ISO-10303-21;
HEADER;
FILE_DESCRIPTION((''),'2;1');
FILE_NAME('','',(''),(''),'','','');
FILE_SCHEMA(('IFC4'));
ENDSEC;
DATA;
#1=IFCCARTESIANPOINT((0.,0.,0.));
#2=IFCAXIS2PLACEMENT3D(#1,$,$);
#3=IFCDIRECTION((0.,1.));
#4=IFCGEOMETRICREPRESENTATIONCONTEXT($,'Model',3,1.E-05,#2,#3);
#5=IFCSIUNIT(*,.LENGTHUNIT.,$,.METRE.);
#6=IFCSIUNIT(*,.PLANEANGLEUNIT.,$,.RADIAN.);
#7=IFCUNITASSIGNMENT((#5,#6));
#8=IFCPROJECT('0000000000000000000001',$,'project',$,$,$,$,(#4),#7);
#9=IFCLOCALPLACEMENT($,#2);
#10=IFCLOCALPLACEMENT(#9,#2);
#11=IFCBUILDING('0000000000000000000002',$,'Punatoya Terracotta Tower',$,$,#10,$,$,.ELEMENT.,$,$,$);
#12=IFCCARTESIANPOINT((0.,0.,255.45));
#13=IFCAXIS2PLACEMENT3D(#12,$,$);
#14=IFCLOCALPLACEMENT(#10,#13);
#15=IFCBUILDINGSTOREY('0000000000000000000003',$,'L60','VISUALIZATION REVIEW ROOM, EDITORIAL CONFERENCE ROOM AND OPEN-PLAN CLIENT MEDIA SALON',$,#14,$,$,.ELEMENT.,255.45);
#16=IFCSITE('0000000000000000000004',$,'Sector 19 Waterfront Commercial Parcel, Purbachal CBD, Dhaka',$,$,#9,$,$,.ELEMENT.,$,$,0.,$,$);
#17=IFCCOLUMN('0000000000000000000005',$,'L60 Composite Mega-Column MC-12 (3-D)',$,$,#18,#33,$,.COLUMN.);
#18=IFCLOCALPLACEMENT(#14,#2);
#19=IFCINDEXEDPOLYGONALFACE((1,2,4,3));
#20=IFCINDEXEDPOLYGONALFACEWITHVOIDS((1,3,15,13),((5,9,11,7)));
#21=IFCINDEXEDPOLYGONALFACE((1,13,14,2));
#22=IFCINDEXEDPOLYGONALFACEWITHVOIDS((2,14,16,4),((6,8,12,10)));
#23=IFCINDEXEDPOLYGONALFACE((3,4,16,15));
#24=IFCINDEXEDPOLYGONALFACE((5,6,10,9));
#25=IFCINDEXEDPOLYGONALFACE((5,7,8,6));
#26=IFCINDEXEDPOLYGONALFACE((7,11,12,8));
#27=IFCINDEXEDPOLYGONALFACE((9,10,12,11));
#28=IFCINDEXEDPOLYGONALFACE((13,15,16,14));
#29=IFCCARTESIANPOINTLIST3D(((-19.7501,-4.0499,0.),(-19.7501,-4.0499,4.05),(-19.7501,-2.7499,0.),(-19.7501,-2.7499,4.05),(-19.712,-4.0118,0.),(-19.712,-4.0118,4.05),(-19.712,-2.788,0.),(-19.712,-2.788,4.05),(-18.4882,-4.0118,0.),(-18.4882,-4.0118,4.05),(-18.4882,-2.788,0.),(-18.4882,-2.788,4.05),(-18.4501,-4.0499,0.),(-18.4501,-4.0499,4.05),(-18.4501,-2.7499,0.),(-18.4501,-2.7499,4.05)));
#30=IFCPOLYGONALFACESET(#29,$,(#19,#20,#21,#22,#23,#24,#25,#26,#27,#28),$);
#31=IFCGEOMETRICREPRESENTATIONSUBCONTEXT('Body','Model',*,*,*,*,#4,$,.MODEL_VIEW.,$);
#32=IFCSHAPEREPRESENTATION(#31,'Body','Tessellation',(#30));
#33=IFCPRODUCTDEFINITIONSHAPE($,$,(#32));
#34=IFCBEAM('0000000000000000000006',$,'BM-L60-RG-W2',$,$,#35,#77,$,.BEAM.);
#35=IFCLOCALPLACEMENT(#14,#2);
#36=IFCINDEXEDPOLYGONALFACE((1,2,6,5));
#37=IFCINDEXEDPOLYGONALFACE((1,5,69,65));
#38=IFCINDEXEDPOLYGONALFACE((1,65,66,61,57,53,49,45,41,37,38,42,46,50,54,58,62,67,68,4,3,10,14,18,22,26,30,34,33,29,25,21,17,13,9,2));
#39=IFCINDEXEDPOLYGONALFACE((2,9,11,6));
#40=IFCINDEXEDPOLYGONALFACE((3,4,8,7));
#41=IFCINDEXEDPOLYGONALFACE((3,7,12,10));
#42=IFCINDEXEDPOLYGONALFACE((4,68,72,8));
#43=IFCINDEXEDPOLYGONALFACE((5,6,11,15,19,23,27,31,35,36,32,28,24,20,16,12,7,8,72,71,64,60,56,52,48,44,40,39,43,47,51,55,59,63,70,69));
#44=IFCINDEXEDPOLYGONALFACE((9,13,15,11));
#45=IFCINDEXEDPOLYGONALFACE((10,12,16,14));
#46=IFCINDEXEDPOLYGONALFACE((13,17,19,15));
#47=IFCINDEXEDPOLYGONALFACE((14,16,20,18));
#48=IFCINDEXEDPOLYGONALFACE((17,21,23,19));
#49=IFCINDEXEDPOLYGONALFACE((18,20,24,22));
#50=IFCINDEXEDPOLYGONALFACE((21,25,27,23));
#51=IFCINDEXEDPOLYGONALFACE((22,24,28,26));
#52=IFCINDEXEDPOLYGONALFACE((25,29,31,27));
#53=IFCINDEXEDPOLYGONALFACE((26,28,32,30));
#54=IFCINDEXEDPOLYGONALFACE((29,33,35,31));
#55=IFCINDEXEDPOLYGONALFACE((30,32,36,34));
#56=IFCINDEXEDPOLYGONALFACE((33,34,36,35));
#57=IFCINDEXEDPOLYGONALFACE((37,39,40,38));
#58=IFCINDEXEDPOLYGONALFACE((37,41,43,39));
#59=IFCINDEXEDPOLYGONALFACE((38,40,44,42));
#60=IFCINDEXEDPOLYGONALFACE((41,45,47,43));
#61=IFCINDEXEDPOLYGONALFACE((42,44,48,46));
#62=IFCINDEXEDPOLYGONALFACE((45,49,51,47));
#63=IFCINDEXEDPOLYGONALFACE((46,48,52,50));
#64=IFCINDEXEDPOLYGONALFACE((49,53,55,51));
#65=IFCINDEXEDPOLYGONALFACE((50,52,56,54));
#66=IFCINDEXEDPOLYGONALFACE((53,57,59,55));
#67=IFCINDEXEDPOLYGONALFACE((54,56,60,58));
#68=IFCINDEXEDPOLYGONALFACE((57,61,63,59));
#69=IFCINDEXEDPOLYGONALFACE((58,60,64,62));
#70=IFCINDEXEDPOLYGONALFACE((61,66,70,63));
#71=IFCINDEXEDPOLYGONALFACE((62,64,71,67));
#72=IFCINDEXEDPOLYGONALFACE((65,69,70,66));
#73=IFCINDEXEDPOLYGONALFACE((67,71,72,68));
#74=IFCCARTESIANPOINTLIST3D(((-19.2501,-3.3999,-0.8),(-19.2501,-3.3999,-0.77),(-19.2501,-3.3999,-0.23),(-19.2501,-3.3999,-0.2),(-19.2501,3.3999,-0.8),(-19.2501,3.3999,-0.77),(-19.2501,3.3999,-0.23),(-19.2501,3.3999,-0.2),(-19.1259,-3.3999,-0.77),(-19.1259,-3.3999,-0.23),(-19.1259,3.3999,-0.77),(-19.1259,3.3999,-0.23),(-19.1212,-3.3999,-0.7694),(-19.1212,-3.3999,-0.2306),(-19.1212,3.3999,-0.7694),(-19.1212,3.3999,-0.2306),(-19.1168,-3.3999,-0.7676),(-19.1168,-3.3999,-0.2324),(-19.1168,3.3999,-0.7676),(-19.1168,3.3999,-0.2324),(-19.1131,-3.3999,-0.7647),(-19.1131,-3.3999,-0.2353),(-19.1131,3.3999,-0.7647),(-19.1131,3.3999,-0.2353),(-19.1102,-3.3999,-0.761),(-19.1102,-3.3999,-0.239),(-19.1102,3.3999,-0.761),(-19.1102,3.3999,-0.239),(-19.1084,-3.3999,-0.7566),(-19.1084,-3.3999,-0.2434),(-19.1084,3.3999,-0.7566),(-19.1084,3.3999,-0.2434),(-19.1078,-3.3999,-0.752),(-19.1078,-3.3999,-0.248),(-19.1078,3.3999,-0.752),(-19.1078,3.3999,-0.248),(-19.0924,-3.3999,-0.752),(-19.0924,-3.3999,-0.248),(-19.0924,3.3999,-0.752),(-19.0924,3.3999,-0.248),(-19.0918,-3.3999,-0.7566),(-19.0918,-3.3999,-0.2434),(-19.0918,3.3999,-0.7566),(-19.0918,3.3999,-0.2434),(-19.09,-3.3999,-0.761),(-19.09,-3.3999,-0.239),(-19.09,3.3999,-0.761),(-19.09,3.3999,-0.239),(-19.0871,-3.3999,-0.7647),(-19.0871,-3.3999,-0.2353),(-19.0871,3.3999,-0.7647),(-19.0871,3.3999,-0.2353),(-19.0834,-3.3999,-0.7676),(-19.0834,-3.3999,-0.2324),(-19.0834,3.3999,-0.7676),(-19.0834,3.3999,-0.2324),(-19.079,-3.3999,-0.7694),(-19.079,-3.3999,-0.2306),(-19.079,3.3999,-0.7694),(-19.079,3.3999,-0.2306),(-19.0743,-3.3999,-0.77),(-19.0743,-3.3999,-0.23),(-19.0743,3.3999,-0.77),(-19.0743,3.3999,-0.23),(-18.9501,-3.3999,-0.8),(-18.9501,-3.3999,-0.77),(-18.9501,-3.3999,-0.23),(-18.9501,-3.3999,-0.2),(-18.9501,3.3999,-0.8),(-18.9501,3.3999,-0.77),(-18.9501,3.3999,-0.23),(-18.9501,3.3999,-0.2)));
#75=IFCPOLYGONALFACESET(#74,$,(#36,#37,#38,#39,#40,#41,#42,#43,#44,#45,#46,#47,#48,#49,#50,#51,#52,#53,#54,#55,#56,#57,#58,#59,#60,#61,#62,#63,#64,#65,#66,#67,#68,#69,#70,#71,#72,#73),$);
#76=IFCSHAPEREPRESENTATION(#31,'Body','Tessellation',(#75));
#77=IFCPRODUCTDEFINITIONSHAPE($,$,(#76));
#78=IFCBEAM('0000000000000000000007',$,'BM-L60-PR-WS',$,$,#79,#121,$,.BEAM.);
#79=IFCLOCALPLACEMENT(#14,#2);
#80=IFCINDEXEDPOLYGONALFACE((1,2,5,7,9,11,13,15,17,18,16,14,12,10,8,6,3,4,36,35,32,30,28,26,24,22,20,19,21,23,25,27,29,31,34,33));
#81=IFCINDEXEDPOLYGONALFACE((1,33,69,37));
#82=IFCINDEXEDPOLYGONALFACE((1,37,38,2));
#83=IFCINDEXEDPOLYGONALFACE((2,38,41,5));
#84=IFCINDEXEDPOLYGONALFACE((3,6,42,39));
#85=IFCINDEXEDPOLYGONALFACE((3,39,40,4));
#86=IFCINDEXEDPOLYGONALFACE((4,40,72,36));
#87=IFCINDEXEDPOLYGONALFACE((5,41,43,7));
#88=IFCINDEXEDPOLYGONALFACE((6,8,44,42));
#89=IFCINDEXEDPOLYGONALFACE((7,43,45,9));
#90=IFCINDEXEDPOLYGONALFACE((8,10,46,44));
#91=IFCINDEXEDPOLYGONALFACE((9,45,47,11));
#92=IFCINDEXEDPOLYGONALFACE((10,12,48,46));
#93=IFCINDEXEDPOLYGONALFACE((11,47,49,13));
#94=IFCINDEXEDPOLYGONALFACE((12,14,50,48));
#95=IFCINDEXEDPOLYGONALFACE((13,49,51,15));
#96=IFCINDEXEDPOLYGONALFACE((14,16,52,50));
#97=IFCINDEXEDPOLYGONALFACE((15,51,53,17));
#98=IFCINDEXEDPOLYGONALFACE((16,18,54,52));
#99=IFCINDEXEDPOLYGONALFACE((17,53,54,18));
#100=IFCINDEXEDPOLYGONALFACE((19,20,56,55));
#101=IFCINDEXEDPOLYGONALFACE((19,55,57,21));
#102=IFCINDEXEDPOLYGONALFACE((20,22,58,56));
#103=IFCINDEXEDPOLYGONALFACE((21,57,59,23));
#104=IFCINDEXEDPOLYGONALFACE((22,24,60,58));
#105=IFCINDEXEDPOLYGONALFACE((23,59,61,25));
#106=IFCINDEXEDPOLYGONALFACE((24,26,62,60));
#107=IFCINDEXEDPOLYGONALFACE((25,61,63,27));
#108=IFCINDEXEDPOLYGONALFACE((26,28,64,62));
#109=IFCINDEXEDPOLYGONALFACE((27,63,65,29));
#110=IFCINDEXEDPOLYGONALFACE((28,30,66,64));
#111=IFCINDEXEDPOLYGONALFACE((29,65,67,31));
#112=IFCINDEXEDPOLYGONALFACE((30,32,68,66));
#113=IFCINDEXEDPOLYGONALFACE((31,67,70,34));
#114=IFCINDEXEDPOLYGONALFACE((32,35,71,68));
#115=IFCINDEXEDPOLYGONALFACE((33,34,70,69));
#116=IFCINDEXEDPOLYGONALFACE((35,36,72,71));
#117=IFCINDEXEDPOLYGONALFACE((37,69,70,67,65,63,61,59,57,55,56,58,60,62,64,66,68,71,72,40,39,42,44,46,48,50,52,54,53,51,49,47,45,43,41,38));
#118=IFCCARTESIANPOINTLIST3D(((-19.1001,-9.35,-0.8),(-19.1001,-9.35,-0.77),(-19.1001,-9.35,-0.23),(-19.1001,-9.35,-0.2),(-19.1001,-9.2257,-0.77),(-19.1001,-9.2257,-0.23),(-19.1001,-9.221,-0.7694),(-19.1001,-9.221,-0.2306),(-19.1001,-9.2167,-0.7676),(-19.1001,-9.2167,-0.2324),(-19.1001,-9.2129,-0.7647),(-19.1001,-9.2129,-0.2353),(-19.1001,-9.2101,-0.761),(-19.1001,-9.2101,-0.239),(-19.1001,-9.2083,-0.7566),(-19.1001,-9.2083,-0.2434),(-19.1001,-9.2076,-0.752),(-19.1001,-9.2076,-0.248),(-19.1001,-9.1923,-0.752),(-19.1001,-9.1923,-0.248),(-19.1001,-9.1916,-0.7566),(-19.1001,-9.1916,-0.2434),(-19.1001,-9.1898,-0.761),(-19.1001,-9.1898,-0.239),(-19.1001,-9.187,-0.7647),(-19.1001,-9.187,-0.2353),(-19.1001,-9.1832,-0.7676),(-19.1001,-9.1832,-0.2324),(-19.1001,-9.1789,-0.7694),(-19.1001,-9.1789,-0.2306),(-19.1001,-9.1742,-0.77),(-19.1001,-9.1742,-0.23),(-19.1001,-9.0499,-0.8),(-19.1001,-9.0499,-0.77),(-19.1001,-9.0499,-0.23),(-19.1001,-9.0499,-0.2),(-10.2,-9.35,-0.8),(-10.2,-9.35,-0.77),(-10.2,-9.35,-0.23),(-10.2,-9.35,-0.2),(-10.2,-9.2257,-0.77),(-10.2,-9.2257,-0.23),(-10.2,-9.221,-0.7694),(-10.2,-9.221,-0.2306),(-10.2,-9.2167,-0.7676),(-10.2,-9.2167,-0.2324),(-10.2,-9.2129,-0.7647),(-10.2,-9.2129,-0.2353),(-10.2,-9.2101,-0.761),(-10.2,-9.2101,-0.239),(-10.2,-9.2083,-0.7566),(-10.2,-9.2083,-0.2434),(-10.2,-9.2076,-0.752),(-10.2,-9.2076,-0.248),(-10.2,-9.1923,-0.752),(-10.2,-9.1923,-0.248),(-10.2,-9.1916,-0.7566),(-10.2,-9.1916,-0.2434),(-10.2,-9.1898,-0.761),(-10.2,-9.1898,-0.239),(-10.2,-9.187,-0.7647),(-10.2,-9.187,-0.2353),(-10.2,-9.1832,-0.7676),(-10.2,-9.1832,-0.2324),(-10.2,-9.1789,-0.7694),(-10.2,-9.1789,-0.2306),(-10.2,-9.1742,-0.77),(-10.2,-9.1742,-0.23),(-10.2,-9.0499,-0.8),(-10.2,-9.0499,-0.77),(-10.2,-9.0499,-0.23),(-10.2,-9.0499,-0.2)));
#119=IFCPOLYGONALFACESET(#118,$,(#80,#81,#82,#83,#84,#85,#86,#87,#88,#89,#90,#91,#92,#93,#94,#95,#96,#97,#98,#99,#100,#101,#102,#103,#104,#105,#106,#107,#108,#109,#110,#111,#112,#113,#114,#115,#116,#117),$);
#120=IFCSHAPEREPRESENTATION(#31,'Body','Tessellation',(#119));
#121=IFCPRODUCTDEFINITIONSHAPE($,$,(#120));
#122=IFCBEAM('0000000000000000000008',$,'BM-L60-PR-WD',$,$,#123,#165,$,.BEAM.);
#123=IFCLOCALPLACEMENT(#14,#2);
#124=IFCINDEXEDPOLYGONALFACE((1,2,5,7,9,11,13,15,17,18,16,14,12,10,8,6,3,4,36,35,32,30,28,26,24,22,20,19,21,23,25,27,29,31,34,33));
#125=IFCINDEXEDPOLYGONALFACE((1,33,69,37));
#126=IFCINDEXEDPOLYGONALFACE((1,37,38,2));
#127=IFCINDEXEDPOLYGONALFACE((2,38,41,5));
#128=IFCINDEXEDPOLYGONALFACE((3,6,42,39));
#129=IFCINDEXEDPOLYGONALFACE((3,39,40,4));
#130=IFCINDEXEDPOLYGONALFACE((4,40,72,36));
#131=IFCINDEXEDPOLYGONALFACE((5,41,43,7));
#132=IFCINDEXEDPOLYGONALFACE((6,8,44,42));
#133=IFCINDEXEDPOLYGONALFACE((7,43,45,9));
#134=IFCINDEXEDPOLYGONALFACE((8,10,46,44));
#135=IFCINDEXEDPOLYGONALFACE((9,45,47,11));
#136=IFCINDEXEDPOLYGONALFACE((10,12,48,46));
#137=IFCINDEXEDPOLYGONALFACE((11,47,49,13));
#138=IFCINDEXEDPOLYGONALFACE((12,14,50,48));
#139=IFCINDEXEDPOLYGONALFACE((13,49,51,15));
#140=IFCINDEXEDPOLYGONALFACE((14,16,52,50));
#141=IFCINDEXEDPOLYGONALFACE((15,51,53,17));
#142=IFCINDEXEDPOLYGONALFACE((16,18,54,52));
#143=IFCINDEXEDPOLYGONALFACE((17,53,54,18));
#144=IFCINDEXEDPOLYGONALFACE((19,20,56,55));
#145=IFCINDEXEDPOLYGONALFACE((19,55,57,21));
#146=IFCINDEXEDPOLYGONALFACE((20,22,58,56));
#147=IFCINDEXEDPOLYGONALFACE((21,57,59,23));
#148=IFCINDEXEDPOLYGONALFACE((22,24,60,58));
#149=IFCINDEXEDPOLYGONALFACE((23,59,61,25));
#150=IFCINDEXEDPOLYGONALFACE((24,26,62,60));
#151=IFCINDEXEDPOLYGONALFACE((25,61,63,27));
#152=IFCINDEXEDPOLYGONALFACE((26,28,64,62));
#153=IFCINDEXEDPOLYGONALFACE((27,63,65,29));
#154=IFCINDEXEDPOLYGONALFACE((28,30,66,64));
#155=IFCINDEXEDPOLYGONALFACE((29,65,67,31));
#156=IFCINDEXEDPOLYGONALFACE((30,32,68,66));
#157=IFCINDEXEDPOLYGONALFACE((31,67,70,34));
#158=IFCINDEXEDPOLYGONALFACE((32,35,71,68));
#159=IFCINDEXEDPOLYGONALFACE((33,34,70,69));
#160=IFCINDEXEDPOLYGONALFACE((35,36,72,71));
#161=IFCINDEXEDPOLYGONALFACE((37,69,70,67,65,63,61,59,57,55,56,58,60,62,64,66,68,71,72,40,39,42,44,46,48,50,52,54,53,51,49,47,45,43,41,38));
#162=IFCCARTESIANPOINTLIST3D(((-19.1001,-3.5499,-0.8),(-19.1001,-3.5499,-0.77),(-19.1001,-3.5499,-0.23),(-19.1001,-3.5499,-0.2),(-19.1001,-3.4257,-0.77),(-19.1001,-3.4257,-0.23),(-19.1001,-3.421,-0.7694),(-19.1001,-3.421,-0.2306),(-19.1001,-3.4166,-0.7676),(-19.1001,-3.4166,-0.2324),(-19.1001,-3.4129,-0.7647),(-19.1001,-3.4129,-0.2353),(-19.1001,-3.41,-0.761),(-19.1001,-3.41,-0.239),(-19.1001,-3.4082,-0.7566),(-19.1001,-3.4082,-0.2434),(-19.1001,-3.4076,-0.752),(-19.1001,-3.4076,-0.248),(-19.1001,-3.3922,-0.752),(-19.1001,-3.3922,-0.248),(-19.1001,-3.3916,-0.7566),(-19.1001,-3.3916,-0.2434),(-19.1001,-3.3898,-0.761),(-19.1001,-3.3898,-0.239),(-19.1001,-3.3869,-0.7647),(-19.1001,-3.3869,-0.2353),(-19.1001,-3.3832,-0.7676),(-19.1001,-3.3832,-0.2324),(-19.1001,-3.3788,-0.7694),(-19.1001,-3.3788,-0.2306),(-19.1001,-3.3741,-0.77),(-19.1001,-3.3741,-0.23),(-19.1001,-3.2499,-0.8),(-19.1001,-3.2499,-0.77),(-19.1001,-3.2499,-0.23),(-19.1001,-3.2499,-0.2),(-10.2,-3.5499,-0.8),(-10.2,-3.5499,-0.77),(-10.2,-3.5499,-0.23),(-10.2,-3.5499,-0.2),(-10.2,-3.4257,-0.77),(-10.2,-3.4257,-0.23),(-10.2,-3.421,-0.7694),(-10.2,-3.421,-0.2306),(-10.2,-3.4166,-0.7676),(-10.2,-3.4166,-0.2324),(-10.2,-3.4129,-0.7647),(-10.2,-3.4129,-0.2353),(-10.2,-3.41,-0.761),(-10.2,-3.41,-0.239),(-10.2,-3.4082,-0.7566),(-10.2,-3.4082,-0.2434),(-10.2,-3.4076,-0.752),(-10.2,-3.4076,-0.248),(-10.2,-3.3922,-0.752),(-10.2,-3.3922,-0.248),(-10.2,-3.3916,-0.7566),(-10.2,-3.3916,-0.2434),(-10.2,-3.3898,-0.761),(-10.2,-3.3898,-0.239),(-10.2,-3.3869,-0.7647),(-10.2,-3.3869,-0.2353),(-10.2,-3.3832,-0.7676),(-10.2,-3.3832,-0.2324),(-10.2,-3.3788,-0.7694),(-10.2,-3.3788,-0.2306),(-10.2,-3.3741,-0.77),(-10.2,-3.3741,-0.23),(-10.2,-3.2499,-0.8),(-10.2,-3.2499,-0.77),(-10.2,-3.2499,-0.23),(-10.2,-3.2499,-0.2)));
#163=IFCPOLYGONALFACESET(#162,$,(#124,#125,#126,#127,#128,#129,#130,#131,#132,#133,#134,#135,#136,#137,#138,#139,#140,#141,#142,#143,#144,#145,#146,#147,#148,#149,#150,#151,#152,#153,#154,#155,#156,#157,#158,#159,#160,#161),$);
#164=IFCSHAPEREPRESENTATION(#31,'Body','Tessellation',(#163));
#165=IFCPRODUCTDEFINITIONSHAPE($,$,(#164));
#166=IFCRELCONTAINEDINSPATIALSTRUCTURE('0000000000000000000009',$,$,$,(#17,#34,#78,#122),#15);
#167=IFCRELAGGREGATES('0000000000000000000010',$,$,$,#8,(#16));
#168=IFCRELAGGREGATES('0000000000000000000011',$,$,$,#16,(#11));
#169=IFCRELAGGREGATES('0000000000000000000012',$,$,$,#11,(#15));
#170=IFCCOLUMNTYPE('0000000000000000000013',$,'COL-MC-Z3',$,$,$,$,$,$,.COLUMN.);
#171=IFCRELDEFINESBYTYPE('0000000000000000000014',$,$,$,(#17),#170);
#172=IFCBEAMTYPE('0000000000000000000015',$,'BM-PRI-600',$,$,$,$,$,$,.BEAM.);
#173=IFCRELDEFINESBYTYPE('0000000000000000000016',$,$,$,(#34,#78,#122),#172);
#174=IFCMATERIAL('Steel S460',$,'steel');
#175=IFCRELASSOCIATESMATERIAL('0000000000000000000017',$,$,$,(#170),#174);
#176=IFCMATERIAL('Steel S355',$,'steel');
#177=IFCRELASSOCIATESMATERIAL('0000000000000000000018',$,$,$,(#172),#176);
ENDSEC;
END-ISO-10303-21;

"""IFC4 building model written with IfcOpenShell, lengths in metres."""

from ifc_helpers import new_model, si_unit, direction, frame, origin, origin_2d, place, context, subcontext, project, spatial, hollow_rectangle, i_section, extrude, material, material_profile, profile_set, type_object, element, save


model = new_model("IFC4")

# Units and contexts
model_context = context("Model", 3, precision=1e-05, world=origin(), true_north=direction((0.0, 1.0)))
body_context = subcontext(model_context, "Body", "Model", "MODEL_VIEW")
ifc_project = project(units=[si_unit("LENGTHUNIT", "METRE"), si_unit("PLANEANGLEUNIT", "RADIAN")], contexts=[model_context])

# Site, building, storey
site_placement = place(None, origin())
site = spatial("IfcSite", under=ifc_project, at=site_placement, Name="Sector 19 Waterfront Commercial Parcel, Purbachal CBD, Dhaka", CompositionType="ELEMENT", RefElevation=0.0)
building_placement = place(site_placement, origin())
building = spatial("IfcBuilding", under=site, at=building_placement, Name="Punatoya Terracotta Tower", CompositionType="ELEMENT")
storey_placement = place(building_placement, frame((0.0, 0.0, 255.45)))
storey = spatial("IfcBuildingStorey", under=building, at=storey_placement, Name="L60", Description="VISUALIZATION REVIEW ROOM, EDITORIAL CONFERENCE ROOM AND OPEN-PLAN CLIENT MEDIA SALON", CompositionType="ELEMENT", Elevation=255.45)

# Column
ifc_material_1 = material(Name="Steel S460", Category="steel")
ifc_material_profile_1 = material_profile(ifc_material_1, hollow_rectangle(XDim=1.3, YDim=1.3, WallThickness=0.0381, at=origin_2d()))
ifc_profile_set_1 = profile_set([ifc_material_profile_1], Name="Steel S460")
column_type = type_object("IfcColumnType", Name="COL-MC-Z3", PredefinedType="COLUMN", material=ifc_profile_set_1)
column_placement = place(storey_placement, frame((-19.1001, -3.3999, 0.0), z_axis=(0.0, 0.0, 1.0), x_axis=(1.0, 0.0, 0.0)))
element("IfcColumn", 1, at=column_placement, inside=storey, type_object=column_type, Name="L60 Composite Mega-Column MC-12 (3-D)", PredefinedType="COLUMN", context=body_context, shape_type="SweptSolid", body=[
    extrude(hollow_rectangle(XDim=1.3, YDim=1.3, WallThickness=0.0381, at=origin_2d()), origin(), (0.0, 0.0, 1.0), 4.05),
])

# Beams
ifc_material_2 = material(Name="Steel S355", Category="steel")
ifc_material_profile_2 = material_profile(ifc_material_2, i_section(OverallWidth=0.3, OverallDepth=0.6001, WebThickness=0.0154, FlangeThickness=0.03, FilletRadius=0.0181, at=origin_2d()))
ifc_profile_set_2 = profile_set([ifc_material_profile_2], Name="Steel S355")
beam_type_1 = type_object("IfcBeamType", Name="BM-PRI-600", PredefinedType="BEAM", material=ifc_profile_set_2)
beam_1_placement = place(storey_placement, frame((-19.1001, -3.3999, -0.5), z_axis=(0.0, 1.0, 0.0), x_axis=(-1.0, 0.0, 0.0)))
element("IfcBeam", 2, at=beam_1_placement, inside=storey, type_object=beam_type_1, Name="BM-L60-RG-W2", PredefinedType="BEAM", context=body_context, shape_type="SweptSolid", body=[
    extrude(i_section(OverallWidth=0.3, OverallDepth=0.6001, WebThickness=0.0154, FlangeThickness=0.03, FilletRadius=0.0181, at=origin_2d()), origin(), (0.0, 0.0, 1.0), 6.7998),
])
for number, where, z_axis, x_axis, name in (
    (3, (-19.1001, -9.2, -0.5), (1.0, 0.0, 0.0), (0.0, 1.0, 0.0), "BM-L60-PR-WS"),
    (4, (-19.1001, -3.3999, -0.5), (1.0, 0.0, 0.0), (0.0, 1.0, 0.0), "BM-L60-PR-WD"),
):
    element("IfcBeam", number, at=place(storey_placement, frame(where, z_axis=z_axis, x_axis=x_axis)), inside=storey, type_object=beam_type_1, Name=name, PredefinedType="BEAM", context=body_context, shape_type="SweptSolid", body=[
        extrude(i_section(OverallWidth=0.3, OverallDepth=0.6001, WebThickness=0.0154, FlangeThickness=0.03, FilletRadius=0.0181, at=origin_2d()), origin(), (0.0, 0.0, 1.0), 8.9001),
    ])

save(model, "model.ifc")
